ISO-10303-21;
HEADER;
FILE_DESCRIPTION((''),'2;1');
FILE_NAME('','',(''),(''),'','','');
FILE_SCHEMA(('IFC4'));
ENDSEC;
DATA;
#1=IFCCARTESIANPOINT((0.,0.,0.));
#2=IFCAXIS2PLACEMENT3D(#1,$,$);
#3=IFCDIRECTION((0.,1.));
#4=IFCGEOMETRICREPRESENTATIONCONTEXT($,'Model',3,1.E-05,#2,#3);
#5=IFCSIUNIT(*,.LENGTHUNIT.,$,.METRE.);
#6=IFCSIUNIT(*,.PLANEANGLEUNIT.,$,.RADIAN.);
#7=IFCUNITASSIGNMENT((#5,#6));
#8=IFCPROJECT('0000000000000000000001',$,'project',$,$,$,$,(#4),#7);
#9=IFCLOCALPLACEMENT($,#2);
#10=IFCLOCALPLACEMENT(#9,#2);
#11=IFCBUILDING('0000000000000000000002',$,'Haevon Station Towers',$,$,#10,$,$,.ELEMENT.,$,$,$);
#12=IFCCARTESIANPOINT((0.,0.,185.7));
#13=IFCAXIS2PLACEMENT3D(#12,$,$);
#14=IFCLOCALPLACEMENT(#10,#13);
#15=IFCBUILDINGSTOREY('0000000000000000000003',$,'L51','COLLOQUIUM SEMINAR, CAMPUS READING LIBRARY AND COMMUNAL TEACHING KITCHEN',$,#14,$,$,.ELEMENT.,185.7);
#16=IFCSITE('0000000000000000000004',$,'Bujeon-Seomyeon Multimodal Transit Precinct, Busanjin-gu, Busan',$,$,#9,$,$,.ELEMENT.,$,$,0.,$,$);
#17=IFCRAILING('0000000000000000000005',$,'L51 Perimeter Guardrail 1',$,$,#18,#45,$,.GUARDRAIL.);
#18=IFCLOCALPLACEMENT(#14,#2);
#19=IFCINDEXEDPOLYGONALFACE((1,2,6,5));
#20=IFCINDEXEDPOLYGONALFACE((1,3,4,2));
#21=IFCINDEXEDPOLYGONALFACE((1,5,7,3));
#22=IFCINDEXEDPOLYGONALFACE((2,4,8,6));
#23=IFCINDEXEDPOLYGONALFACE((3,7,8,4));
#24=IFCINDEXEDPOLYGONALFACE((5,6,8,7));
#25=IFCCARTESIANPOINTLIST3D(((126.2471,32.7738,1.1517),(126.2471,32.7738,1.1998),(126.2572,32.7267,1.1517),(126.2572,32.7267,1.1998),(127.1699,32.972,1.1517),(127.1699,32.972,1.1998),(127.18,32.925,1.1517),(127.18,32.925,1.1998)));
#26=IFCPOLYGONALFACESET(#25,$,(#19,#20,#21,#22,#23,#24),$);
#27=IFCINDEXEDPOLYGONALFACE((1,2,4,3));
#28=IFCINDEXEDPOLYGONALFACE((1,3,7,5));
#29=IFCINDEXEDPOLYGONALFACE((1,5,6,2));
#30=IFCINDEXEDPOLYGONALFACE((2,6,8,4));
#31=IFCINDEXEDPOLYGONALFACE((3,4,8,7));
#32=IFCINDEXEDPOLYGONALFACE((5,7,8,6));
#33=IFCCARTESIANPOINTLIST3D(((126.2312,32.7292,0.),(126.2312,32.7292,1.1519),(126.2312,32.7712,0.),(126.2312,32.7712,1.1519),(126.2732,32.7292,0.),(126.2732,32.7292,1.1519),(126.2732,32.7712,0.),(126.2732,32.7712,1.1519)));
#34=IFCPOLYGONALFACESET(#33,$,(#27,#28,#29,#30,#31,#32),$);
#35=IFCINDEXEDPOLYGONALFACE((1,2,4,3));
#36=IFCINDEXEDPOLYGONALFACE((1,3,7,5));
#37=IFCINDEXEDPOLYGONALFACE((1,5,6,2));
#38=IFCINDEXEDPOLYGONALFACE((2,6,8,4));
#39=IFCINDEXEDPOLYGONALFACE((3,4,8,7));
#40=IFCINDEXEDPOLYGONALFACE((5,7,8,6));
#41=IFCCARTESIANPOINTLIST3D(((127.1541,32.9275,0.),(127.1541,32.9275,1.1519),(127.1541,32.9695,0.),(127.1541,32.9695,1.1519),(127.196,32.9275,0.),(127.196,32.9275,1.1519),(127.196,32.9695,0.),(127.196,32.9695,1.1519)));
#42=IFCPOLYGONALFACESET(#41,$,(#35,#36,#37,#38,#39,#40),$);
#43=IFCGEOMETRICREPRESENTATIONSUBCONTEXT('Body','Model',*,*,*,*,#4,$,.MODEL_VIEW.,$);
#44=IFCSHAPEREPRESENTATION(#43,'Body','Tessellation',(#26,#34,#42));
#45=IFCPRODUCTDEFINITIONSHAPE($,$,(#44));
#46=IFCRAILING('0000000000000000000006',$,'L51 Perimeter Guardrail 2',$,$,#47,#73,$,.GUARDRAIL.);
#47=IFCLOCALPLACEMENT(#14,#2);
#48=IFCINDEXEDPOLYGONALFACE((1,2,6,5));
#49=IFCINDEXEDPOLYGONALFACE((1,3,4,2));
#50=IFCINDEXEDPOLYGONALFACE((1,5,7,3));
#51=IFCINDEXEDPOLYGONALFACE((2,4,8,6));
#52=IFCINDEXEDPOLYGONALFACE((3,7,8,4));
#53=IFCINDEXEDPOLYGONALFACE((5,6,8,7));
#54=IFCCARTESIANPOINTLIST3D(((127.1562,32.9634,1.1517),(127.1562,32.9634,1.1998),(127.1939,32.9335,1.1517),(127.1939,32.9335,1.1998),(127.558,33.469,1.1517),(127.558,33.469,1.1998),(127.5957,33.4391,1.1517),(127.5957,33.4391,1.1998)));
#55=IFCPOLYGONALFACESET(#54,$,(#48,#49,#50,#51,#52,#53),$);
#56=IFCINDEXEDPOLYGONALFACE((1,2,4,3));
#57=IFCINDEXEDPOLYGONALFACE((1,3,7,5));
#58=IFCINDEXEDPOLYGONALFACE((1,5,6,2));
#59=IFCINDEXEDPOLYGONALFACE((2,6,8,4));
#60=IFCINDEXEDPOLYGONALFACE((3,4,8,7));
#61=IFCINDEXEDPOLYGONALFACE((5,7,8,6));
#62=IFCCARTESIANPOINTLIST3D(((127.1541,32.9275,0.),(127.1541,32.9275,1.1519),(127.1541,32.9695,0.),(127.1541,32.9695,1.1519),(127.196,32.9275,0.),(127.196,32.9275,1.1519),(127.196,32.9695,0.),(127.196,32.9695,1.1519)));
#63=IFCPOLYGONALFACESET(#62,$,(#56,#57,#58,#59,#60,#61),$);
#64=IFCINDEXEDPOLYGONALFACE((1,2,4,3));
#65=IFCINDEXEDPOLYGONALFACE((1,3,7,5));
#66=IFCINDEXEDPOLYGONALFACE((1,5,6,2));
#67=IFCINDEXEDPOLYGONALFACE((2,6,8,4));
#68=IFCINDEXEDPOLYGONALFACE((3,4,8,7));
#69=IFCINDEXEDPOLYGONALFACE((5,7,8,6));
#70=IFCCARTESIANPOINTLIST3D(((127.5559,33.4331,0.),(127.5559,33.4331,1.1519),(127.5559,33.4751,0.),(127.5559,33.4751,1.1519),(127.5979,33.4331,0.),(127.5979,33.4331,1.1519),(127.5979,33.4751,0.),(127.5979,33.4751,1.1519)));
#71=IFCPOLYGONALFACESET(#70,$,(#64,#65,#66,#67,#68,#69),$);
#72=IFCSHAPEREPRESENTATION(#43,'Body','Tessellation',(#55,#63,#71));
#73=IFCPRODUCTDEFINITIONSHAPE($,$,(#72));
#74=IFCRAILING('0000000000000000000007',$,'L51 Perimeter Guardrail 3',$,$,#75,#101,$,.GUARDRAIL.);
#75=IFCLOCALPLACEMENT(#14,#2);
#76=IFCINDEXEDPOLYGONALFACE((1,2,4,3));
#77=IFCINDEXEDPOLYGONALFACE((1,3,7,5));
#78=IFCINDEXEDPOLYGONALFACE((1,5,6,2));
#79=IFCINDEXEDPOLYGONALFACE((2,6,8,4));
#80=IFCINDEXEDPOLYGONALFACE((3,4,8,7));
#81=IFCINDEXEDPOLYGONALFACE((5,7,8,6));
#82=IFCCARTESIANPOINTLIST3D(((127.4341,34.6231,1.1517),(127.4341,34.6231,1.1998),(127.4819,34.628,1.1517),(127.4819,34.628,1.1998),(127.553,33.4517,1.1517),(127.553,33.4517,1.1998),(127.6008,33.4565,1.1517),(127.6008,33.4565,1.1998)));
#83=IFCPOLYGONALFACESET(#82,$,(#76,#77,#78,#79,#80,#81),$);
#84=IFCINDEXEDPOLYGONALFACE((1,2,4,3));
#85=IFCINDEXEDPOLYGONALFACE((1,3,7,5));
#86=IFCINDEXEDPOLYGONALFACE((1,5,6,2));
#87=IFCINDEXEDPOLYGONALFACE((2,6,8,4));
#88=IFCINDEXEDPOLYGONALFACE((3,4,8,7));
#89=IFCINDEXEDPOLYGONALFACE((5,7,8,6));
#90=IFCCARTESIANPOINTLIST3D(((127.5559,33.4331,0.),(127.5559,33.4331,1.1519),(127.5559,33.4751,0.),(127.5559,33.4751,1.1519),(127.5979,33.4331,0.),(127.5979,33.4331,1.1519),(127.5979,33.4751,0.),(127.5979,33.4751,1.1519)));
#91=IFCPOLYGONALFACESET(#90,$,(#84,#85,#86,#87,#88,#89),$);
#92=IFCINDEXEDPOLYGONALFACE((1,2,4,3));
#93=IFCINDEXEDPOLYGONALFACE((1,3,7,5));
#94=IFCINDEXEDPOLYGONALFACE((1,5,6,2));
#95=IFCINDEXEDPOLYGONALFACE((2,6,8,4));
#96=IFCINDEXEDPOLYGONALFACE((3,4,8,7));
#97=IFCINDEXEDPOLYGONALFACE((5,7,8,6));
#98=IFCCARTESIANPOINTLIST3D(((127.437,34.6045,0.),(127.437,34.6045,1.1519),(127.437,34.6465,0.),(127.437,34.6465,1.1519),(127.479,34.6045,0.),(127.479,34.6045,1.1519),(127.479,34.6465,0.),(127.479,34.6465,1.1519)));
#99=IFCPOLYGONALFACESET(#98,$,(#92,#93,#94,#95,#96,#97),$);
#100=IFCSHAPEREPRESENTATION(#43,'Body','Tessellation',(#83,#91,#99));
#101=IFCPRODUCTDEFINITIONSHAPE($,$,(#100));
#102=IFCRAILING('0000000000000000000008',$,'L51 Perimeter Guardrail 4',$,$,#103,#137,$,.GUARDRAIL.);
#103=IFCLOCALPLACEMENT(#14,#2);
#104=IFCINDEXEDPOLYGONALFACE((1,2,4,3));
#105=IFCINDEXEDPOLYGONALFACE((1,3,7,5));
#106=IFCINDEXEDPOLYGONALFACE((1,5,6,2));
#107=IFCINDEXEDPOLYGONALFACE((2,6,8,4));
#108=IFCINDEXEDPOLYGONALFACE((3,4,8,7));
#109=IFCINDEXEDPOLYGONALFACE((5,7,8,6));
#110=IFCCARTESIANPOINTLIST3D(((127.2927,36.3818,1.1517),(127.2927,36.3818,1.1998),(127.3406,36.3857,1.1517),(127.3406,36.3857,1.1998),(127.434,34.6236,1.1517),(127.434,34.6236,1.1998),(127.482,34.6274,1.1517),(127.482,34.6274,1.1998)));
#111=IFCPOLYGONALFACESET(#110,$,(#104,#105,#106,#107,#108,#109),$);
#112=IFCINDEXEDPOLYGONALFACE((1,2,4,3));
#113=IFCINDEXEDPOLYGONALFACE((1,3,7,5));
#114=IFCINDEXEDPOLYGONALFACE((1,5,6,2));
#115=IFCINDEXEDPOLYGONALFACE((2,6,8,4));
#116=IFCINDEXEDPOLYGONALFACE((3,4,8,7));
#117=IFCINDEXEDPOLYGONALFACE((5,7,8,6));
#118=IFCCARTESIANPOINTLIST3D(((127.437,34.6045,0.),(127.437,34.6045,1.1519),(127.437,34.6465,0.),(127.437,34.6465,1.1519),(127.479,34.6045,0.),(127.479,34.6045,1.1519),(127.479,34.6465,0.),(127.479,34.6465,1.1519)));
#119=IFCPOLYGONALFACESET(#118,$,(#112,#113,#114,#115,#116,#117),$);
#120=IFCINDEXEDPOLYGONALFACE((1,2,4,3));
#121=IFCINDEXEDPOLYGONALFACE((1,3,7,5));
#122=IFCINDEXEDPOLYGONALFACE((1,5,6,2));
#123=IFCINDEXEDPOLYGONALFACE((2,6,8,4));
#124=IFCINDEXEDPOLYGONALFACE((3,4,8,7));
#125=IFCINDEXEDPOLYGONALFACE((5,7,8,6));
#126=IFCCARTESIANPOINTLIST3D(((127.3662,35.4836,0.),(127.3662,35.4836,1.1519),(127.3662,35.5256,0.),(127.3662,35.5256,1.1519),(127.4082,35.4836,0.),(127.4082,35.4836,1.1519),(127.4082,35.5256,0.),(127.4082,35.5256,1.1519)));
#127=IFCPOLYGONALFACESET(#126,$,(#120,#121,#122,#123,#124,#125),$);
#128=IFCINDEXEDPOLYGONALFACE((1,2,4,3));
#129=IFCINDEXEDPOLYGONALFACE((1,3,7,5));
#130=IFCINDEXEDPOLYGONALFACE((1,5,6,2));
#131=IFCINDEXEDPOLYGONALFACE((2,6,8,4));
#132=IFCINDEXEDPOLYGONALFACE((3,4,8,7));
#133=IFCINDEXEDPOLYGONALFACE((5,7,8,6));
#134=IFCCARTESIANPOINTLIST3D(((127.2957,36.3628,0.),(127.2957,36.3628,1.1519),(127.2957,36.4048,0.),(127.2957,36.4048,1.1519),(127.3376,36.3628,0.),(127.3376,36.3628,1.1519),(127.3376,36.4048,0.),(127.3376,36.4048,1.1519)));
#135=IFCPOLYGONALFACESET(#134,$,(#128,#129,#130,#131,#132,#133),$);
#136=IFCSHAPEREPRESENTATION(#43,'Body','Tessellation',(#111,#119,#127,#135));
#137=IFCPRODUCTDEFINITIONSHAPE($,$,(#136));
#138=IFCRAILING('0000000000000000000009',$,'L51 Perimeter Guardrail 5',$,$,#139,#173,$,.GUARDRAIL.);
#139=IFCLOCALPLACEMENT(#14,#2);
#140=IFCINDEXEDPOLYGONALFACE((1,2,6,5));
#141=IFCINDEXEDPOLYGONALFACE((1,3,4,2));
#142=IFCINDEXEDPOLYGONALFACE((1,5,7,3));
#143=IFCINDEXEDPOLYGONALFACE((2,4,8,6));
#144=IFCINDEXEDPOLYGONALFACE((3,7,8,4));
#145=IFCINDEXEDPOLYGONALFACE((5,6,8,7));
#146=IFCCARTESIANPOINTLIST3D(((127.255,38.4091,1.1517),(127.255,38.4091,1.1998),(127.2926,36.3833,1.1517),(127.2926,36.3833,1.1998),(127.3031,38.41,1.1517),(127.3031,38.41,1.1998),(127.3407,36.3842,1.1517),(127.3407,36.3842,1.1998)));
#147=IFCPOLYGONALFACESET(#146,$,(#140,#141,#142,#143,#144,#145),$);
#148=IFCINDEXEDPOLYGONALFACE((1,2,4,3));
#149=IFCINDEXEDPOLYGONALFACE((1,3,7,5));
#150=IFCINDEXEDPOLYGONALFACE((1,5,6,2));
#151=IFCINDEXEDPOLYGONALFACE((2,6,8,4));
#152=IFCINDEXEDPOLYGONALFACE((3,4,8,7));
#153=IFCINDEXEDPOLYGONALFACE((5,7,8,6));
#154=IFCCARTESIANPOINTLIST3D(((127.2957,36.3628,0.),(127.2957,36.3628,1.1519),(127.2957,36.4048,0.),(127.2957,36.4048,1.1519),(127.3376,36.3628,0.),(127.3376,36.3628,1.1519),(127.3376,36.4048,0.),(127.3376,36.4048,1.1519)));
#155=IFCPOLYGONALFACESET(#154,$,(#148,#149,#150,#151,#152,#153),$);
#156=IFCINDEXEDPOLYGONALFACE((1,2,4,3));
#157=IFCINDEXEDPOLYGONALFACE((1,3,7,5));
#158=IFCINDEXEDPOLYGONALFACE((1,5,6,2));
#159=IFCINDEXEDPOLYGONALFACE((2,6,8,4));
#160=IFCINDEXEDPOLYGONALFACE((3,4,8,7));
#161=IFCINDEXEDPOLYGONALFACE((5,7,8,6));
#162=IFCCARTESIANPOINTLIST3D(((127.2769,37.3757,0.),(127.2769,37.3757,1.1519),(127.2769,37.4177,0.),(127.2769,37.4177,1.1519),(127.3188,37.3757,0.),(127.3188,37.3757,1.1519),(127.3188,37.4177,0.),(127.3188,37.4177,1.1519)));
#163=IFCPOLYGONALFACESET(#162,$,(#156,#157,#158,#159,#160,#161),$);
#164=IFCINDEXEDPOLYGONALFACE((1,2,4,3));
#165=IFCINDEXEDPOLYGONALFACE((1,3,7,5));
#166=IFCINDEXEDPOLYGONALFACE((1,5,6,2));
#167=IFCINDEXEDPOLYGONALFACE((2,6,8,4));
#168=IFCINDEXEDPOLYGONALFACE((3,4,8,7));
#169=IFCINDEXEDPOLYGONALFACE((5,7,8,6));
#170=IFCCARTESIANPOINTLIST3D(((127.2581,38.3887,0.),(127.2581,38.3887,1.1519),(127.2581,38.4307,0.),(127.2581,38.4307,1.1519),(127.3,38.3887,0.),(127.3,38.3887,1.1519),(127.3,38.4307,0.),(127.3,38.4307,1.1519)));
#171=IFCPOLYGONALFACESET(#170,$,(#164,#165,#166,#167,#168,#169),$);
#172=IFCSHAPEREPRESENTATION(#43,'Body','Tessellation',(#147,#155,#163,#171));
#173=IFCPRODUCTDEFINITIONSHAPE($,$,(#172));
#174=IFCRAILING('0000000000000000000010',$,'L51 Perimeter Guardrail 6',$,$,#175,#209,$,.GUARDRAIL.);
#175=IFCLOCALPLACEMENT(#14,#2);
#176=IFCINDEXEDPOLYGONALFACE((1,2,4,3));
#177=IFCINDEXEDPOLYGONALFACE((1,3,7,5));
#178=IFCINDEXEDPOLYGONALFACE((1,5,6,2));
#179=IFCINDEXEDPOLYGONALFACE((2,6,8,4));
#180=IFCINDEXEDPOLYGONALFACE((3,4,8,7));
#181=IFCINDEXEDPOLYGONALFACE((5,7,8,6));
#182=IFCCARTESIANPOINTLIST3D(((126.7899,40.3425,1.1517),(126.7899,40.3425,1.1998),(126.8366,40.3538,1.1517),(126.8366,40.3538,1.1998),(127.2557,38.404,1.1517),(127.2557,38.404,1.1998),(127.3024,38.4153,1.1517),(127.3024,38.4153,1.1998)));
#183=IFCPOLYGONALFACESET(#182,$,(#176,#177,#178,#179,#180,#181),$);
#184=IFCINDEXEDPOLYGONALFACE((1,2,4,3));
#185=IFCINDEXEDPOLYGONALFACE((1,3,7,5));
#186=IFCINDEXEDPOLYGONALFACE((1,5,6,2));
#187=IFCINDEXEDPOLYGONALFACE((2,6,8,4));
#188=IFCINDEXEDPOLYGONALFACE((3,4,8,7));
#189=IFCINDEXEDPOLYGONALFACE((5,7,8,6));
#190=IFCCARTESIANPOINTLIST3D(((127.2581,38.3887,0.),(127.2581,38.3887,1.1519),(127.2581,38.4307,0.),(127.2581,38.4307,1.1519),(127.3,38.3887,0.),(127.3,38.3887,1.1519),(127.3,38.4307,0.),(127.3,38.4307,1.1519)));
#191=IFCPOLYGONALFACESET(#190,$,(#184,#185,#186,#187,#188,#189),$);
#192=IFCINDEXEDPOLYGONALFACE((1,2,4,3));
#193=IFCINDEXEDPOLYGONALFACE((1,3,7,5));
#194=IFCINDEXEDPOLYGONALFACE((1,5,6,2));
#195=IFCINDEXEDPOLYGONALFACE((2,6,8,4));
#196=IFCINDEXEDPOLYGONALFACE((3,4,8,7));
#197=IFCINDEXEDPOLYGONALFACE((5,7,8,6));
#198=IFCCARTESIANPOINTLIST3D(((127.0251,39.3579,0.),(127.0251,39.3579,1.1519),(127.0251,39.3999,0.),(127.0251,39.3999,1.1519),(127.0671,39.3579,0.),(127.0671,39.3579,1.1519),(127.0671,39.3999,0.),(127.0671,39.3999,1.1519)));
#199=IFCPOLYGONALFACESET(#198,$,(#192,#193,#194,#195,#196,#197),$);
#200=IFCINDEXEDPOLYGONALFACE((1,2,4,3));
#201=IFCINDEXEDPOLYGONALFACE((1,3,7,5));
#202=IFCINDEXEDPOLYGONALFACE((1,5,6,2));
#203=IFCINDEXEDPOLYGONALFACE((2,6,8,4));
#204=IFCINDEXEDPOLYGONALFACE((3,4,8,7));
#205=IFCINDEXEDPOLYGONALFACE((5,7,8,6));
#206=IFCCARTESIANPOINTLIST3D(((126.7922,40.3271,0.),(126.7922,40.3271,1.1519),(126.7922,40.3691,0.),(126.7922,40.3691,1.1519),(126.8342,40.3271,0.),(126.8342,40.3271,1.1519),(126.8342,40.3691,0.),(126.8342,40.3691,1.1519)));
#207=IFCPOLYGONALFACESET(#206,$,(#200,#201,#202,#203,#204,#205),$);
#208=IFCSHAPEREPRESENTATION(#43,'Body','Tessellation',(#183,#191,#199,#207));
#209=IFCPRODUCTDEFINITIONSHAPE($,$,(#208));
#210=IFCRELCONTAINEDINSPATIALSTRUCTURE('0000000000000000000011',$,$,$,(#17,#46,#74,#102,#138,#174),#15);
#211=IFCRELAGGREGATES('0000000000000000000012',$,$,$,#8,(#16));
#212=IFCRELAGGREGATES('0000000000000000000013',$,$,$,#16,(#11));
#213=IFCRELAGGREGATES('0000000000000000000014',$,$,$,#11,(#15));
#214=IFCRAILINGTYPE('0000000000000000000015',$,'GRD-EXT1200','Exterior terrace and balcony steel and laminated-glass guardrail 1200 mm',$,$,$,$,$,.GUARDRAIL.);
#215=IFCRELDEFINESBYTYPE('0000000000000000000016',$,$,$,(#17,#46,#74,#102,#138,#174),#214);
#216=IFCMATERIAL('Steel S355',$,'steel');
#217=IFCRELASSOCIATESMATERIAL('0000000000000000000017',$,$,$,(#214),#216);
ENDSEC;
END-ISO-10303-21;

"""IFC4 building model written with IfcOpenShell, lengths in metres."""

from ifc_helpers import new_model, si_unit, direction, frame, origin, origin_2d, place, context, subcontext, project, spatial, rectangle, extrude, material, type_object, element, save


model = new_model("IFC4")

# Units and contexts
model_context = context("Model", 3, precision=1e-05, world=origin(), true_north=direction((0.0, 1.0)))
body_context = subcontext(model_context, "Body", "Model", "MODEL_VIEW")
ifc_project = project(units=[si_unit("LENGTHUNIT", "METRE"), si_unit("PLANEANGLEUNIT", "RADIAN")], contexts=[model_context])

# Site, building, storey
site_placement = place(None, origin())
site = spatial("IfcSite", under=ifc_project, at=site_placement, Name="Bujeon-Seomyeon Multimodal Transit Precinct, Busanjin-gu, Busan", CompositionType="ELEMENT", RefElevation=0.0)
building_placement = place(site_placement, origin())
building = spatial("IfcBuilding", under=site, at=building_placement, Name="Haevon Station Towers", CompositionType="ELEMENT")
storey_placement = place(building_placement, frame((0.0, 0.0, 185.7)))
storey = spatial("IfcBuildingStorey", under=building, at=storey_placement, Name="L51", Description="COLLOQUIUM SEMINAR, CAMPUS READING LIBRARY AND COMMUNAL TEACHING KITCHEN", CompositionType="ELEMENT", Elevation=185.7)

# Shared definitions
ifc_material_1 = material(Name="Steel S355", Category="steel")

# Railings
railing_type = type_object("IfcRailingType", Name="GRD-EXT1200", Description="Exterior terrace and balcony steel and laminated-glass guardrail 1200 mm", PredefinedType="GUARDRAIL", material=ifc_material_1)
railing_1_placement = place(storey_placement, frame((126.2522, 32.7502, 0.0)))
element("IfcRailing", 1, at=railing_1_placement, inside=storey, type_object=railing_type, Name="L51 Perimeter Guardrail 1", PredefinedType="GUARDRAIL", context=body_context, shape_type="SweptSolid", body=[
    extrude(rectangle(XDim=0.0481, YDim=0.0481, at=origin_2d()), frame((0.0, 0.0, 1.1758), z_axis=(0.977696, 0.210024, 0.0), x_axis=(-0.210024, 0.977696, 0.0)), (0.0, 0.0, 1.0), 0.9438),
    extrude(rectangle(XDim=0.042, YDim=0.042, at=origin_2d()), origin(), (0.0, 0.0, 1.0), 1.1519),
    extrude(rectangle(XDim=0.042, YDim=0.042, at=origin_2d()), frame((0.9229, 0.1982, 0.0)), (0.0, 0.0, 1.0), 1.1519),
])
railing_2_placement = place(storey_placement, frame((127.175, 32.9485, 0.0)))
element("IfcRailing", 2, at=railing_2_placement, inside=storey, type_object=railing_type, Name="L51 Perimeter Guardrail 2", PredefinedType="GUARDRAIL", context=body_context, shape_type="SweptSolid", body=[
    extrude(rectangle(XDim=0.0481, YDim=0.0481, at=origin_2d()), frame((0.0, 0.0, 1.1758), z_axis=(0.622203, 0.782856, 0.0), x_axis=(-0.782856, 0.622203, 0.0)), (0.0, 0.0, 1.0), 0.6458),
    extrude(rectangle(XDim=0.042, YDim=0.042, at=origin_2d()), origin(), (0.0, 0.0, 1.0), 1.1519),
    extrude(rectangle(XDim=0.042, YDim=0.042, at=origin_2d()), frame((0.4019, 0.5056, 0.0)), (0.0, 0.0, 1.0), 1.1519),
])
railing_3_placement = place(storey_placement, frame((127.5769, 33.4541, 0.0)))
element("IfcRailing", 3, at=railing_3_placement, inside=storey, type_object=railing_type, Name="L51 Perimeter Guardrail 3", PredefinedType="GUARDRAIL", context=body_context, shape_type="SweptSolid", body=[
    extrude(rectangle(XDim=0.0481, YDim=0.0481, at=origin_2d()), frame((0.0, 0.0, 1.1758), z_axis=(-0.100982, 0.994888, 0.0), x_axis=(-0.994888, -0.100982, 0.0)), (0.0, 0.0, 1.0), 1.1775),
    extrude(rectangle(XDim=0.042, YDim=0.042, at=origin_2d()), origin(), (0.0, 0.0, 1.0), 1.1519),
    extrude(rectangle(XDim=0.042, YDim=0.042, at=origin_2d()), frame((-0.1189, 1.1714, 0.0)), (0.0, 0.0, 1.0), 1.1519),
])
railing_4_placement = place(storey_placement, frame((127.458, 34.6255, 0.0)))
element("IfcRailing", 4, at=railing_4_placement, inside=storey, type_object=railing_type, Name="L51 Perimeter Guardrail 4", PredefinedType="GUARDRAIL", context=body_context, shape_type="SweptSolid", body=[
    extrude(rectangle(XDim=0.0481, YDim=0.0481, at=origin_2d()), frame((0.0, 0.0, 1.1758), z_axis=(-0.080136, 0.996784, 0.0), x_axis=(-0.996784, -0.080136, 0.0)), (0.0, 0.0, 1.0), 1.7639),
    extrude(rectangle(XDim=0.042, YDim=0.042, at=origin_2d()), origin(), (0.0, 0.0, 1.0), 1.1519),
    extrude(rectangle(XDim=0.042, YDim=0.042, at=origin_2d()), frame((-0.0708, 0.8792, 0.0)), (0.0, 0.0, 1.0), 1.1519),
    extrude(rectangle(XDim=0.042, YDim=0.042, at=origin_2d()), frame((-0.1414, 1.7583, 0.0)), (0.0, 0.0, 1.0), 1.1519),
])
railing_5_placement = place(storey_placement, frame((127.3167, 36.3838, 0.0)))
element("IfcRailing", 5, at=railing_5_placement, inside=storey, type_object=railing_type, Name="L51 Perimeter Guardrail 5", PredefinedType="GUARDRAIL", context=body_context, shape_type="SweptSolid", body=[
    extrude(rectangle(XDim=0.0481, YDim=0.0481, at=origin_2d()), frame((0.0, 0.0, 1.1758), z_axis=(-0.018555, 0.999828, 0.0), x_axis=(-0.999828, -0.018555, 0.0)), (0.0, 0.0, 1.0), 2.0261),
    extrude(rectangle(XDim=0.042, YDim=0.042, at=origin_2d()), origin(), (0.0, 0.0, 1.0), 1.1519),
    extrude(rectangle(XDim=0.042, YDim=0.042, at=origin_2d()), frame((-0.0188, 1.0129, 0.0)), (0.0, 0.0, 1.0), 1.1519),
    extrude(rectangle(XDim=0.042, YDim=0.042, at=origin_2d()), frame((-0.0376, 2.0259, 0.0)), (0.0, 0.0, 1.0), 1.1519),
])
railing_6_placement = place(storey_placement, frame((127.2791, 38.4097, 0.0)))
element("IfcRailing", 6, at=railing_6_placement, inside=storey, type_object=railing_type, Name="L51 Perimeter Guardrail 6", PredefinedType="GUARDRAIL", context=body_context, shape_type="SweptSolid", body=[
    extrude(rectangle(XDim=0.0481, YDim=0.0481, at=origin_2d()), frame((0.0, 0.0, 1.1758), z_axis=(-0.233651, 0.972321, 0.0), x_axis=(-0.972321, -0.233651, 0.0)), (0.0, 0.0, 1.0), 1.9937),
    extrude(rectangle(XDim=0.042, YDim=0.042, at=origin_2d()), origin(), (0.0, 0.0, 1.0), 1.1519),
    extrude(rectangle(XDim=0.042, YDim=0.042, at=origin_2d()), frame((-0.2329, 0.9692, 0.0)), (0.0, 0.0, 1.0), 1.1519),
    extrude(rectangle(XDim=0.042, YDim=0.042, at=origin_2d()), frame((-0.4658, 1.9385, 0.0)), (0.0, 0.0, 1.0), 1.1519),
])

save(model, "model.ifc")
